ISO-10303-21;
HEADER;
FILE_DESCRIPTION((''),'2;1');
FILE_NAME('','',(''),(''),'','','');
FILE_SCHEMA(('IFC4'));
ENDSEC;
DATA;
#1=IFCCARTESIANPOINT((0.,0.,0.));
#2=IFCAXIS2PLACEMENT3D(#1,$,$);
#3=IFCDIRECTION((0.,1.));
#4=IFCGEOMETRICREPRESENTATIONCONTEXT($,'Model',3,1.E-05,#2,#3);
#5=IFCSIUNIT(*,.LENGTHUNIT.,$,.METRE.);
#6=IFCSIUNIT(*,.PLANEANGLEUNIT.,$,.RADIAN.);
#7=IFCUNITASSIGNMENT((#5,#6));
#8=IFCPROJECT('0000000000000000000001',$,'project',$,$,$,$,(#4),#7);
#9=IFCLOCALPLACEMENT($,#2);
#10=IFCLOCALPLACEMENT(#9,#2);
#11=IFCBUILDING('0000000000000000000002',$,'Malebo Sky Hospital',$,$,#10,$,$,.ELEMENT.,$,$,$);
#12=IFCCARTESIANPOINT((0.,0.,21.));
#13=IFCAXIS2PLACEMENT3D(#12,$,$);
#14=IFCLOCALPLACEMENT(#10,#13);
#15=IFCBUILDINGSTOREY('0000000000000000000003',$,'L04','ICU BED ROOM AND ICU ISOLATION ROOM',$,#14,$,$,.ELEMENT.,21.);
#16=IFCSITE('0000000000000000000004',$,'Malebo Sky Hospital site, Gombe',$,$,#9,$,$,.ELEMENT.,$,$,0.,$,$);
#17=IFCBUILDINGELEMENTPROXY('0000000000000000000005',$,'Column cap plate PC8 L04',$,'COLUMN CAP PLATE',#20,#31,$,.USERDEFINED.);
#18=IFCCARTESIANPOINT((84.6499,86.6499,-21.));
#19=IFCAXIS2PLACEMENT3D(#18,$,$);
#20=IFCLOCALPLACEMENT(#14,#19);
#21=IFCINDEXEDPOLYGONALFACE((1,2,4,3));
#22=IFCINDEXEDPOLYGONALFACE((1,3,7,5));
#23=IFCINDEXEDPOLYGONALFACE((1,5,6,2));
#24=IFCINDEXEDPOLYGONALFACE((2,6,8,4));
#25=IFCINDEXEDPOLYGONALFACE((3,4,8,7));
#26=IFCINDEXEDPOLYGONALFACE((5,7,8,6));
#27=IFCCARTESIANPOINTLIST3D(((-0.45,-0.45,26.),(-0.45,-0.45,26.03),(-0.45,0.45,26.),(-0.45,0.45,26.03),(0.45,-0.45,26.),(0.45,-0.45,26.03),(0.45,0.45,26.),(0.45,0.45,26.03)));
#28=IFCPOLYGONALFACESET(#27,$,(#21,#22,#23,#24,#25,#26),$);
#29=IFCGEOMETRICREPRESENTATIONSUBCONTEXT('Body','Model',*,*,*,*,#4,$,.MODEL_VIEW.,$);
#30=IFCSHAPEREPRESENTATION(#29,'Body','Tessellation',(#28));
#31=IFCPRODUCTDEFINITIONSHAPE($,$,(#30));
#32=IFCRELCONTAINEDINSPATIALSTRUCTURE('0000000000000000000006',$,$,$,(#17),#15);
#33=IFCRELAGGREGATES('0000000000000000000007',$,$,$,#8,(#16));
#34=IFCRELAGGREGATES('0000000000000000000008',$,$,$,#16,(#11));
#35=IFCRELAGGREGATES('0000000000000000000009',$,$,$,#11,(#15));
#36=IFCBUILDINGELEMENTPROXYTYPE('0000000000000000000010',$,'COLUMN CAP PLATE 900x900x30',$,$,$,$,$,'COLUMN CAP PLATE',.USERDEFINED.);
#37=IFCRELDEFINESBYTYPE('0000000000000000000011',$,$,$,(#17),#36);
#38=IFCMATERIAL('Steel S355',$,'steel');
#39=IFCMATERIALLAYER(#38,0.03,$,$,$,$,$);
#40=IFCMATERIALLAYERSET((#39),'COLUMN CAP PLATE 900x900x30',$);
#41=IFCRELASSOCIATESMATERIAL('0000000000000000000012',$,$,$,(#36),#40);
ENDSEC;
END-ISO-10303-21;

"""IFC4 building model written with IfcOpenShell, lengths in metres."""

from ifc_helpers import new_model, si_unit, direction, frame, origin, origin_2d, place, context, subcontext, project, spatial, rectangle, extrude, material, layer, layer_set, type_object, element, save


model = new_model("IFC4")

# Units and contexts
model_context = context("Model", 3, precision=1e-05, world=origin(), true_north=direction((0.0, 1.0)))
body_context = subcontext(model_context, "Body", "Model", "MODEL_VIEW")
ifc_project = project(units=[si_unit("LENGTHUNIT", "METRE"), si_unit("PLANEANGLEUNIT", "RADIAN")], contexts=[model_context])

# Site, building, storey
site_placement = place(None, origin())
site = spatial("IfcSite", under=ifc_project, at=site_placement, Name="Malebo Sky Hospital site, Gombe", CompositionType="ELEMENT", RefElevation=0.0)
building_placement = place(site_placement, origin())
building = spatial("IfcBuilding", under=site, at=building_placement, Name="Malebo Sky Hospital", CompositionType="ELEMENT")
storey_placement = place(building_placement, frame((0.0, 0.0, 21.0)))
storey = spatial("IfcBuildingStorey", under=building, at=storey_placement, Name="L04", Description="ICU BED ROOM AND ICU ISOLATION ROOM", CompositionType="ELEMENT", Elevation=21.0)

# Shared definitions
ifc_material_1 = material(Name="Steel S355", Category="steel")

# Building element proxy
ifc_layer_1 = layer(ifc_material_1, 0.03)
ifc_layer_set_1 = layer_set([ifc_layer_1], Name="COLUMN CAP PLATE 900x900x30")
building_element_proxy_type = type_object("IfcBuildingElementProxyType", Name="COLUMN CAP PLATE 900x900x30", ElementType="COLUMN CAP PLATE", PredefinedType="USERDEFINED", material=ifc_layer_set_1)
proxy_placement = place(storey_placement, frame((84.6499, 86.6499, -21.0)))
element("IfcBuildingElementProxy", 1, at=proxy_placement, inside=storey, type_object=building_element_proxy_type, Name="Column cap plate PC8 L04", ObjectType="COLUMN CAP PLATE", PredefinedType="USERDEFINED", context=body_context, shape_type="SweptSolid", body=[
    extrude(rectangle(XDim=0.8999, YDim=0.8999, at=origin_2d()), frame((0.0, 0.0, 26.0)), (0.0, 0.0, 1.0), 0.03),
])

save(model, "model.ifc")
